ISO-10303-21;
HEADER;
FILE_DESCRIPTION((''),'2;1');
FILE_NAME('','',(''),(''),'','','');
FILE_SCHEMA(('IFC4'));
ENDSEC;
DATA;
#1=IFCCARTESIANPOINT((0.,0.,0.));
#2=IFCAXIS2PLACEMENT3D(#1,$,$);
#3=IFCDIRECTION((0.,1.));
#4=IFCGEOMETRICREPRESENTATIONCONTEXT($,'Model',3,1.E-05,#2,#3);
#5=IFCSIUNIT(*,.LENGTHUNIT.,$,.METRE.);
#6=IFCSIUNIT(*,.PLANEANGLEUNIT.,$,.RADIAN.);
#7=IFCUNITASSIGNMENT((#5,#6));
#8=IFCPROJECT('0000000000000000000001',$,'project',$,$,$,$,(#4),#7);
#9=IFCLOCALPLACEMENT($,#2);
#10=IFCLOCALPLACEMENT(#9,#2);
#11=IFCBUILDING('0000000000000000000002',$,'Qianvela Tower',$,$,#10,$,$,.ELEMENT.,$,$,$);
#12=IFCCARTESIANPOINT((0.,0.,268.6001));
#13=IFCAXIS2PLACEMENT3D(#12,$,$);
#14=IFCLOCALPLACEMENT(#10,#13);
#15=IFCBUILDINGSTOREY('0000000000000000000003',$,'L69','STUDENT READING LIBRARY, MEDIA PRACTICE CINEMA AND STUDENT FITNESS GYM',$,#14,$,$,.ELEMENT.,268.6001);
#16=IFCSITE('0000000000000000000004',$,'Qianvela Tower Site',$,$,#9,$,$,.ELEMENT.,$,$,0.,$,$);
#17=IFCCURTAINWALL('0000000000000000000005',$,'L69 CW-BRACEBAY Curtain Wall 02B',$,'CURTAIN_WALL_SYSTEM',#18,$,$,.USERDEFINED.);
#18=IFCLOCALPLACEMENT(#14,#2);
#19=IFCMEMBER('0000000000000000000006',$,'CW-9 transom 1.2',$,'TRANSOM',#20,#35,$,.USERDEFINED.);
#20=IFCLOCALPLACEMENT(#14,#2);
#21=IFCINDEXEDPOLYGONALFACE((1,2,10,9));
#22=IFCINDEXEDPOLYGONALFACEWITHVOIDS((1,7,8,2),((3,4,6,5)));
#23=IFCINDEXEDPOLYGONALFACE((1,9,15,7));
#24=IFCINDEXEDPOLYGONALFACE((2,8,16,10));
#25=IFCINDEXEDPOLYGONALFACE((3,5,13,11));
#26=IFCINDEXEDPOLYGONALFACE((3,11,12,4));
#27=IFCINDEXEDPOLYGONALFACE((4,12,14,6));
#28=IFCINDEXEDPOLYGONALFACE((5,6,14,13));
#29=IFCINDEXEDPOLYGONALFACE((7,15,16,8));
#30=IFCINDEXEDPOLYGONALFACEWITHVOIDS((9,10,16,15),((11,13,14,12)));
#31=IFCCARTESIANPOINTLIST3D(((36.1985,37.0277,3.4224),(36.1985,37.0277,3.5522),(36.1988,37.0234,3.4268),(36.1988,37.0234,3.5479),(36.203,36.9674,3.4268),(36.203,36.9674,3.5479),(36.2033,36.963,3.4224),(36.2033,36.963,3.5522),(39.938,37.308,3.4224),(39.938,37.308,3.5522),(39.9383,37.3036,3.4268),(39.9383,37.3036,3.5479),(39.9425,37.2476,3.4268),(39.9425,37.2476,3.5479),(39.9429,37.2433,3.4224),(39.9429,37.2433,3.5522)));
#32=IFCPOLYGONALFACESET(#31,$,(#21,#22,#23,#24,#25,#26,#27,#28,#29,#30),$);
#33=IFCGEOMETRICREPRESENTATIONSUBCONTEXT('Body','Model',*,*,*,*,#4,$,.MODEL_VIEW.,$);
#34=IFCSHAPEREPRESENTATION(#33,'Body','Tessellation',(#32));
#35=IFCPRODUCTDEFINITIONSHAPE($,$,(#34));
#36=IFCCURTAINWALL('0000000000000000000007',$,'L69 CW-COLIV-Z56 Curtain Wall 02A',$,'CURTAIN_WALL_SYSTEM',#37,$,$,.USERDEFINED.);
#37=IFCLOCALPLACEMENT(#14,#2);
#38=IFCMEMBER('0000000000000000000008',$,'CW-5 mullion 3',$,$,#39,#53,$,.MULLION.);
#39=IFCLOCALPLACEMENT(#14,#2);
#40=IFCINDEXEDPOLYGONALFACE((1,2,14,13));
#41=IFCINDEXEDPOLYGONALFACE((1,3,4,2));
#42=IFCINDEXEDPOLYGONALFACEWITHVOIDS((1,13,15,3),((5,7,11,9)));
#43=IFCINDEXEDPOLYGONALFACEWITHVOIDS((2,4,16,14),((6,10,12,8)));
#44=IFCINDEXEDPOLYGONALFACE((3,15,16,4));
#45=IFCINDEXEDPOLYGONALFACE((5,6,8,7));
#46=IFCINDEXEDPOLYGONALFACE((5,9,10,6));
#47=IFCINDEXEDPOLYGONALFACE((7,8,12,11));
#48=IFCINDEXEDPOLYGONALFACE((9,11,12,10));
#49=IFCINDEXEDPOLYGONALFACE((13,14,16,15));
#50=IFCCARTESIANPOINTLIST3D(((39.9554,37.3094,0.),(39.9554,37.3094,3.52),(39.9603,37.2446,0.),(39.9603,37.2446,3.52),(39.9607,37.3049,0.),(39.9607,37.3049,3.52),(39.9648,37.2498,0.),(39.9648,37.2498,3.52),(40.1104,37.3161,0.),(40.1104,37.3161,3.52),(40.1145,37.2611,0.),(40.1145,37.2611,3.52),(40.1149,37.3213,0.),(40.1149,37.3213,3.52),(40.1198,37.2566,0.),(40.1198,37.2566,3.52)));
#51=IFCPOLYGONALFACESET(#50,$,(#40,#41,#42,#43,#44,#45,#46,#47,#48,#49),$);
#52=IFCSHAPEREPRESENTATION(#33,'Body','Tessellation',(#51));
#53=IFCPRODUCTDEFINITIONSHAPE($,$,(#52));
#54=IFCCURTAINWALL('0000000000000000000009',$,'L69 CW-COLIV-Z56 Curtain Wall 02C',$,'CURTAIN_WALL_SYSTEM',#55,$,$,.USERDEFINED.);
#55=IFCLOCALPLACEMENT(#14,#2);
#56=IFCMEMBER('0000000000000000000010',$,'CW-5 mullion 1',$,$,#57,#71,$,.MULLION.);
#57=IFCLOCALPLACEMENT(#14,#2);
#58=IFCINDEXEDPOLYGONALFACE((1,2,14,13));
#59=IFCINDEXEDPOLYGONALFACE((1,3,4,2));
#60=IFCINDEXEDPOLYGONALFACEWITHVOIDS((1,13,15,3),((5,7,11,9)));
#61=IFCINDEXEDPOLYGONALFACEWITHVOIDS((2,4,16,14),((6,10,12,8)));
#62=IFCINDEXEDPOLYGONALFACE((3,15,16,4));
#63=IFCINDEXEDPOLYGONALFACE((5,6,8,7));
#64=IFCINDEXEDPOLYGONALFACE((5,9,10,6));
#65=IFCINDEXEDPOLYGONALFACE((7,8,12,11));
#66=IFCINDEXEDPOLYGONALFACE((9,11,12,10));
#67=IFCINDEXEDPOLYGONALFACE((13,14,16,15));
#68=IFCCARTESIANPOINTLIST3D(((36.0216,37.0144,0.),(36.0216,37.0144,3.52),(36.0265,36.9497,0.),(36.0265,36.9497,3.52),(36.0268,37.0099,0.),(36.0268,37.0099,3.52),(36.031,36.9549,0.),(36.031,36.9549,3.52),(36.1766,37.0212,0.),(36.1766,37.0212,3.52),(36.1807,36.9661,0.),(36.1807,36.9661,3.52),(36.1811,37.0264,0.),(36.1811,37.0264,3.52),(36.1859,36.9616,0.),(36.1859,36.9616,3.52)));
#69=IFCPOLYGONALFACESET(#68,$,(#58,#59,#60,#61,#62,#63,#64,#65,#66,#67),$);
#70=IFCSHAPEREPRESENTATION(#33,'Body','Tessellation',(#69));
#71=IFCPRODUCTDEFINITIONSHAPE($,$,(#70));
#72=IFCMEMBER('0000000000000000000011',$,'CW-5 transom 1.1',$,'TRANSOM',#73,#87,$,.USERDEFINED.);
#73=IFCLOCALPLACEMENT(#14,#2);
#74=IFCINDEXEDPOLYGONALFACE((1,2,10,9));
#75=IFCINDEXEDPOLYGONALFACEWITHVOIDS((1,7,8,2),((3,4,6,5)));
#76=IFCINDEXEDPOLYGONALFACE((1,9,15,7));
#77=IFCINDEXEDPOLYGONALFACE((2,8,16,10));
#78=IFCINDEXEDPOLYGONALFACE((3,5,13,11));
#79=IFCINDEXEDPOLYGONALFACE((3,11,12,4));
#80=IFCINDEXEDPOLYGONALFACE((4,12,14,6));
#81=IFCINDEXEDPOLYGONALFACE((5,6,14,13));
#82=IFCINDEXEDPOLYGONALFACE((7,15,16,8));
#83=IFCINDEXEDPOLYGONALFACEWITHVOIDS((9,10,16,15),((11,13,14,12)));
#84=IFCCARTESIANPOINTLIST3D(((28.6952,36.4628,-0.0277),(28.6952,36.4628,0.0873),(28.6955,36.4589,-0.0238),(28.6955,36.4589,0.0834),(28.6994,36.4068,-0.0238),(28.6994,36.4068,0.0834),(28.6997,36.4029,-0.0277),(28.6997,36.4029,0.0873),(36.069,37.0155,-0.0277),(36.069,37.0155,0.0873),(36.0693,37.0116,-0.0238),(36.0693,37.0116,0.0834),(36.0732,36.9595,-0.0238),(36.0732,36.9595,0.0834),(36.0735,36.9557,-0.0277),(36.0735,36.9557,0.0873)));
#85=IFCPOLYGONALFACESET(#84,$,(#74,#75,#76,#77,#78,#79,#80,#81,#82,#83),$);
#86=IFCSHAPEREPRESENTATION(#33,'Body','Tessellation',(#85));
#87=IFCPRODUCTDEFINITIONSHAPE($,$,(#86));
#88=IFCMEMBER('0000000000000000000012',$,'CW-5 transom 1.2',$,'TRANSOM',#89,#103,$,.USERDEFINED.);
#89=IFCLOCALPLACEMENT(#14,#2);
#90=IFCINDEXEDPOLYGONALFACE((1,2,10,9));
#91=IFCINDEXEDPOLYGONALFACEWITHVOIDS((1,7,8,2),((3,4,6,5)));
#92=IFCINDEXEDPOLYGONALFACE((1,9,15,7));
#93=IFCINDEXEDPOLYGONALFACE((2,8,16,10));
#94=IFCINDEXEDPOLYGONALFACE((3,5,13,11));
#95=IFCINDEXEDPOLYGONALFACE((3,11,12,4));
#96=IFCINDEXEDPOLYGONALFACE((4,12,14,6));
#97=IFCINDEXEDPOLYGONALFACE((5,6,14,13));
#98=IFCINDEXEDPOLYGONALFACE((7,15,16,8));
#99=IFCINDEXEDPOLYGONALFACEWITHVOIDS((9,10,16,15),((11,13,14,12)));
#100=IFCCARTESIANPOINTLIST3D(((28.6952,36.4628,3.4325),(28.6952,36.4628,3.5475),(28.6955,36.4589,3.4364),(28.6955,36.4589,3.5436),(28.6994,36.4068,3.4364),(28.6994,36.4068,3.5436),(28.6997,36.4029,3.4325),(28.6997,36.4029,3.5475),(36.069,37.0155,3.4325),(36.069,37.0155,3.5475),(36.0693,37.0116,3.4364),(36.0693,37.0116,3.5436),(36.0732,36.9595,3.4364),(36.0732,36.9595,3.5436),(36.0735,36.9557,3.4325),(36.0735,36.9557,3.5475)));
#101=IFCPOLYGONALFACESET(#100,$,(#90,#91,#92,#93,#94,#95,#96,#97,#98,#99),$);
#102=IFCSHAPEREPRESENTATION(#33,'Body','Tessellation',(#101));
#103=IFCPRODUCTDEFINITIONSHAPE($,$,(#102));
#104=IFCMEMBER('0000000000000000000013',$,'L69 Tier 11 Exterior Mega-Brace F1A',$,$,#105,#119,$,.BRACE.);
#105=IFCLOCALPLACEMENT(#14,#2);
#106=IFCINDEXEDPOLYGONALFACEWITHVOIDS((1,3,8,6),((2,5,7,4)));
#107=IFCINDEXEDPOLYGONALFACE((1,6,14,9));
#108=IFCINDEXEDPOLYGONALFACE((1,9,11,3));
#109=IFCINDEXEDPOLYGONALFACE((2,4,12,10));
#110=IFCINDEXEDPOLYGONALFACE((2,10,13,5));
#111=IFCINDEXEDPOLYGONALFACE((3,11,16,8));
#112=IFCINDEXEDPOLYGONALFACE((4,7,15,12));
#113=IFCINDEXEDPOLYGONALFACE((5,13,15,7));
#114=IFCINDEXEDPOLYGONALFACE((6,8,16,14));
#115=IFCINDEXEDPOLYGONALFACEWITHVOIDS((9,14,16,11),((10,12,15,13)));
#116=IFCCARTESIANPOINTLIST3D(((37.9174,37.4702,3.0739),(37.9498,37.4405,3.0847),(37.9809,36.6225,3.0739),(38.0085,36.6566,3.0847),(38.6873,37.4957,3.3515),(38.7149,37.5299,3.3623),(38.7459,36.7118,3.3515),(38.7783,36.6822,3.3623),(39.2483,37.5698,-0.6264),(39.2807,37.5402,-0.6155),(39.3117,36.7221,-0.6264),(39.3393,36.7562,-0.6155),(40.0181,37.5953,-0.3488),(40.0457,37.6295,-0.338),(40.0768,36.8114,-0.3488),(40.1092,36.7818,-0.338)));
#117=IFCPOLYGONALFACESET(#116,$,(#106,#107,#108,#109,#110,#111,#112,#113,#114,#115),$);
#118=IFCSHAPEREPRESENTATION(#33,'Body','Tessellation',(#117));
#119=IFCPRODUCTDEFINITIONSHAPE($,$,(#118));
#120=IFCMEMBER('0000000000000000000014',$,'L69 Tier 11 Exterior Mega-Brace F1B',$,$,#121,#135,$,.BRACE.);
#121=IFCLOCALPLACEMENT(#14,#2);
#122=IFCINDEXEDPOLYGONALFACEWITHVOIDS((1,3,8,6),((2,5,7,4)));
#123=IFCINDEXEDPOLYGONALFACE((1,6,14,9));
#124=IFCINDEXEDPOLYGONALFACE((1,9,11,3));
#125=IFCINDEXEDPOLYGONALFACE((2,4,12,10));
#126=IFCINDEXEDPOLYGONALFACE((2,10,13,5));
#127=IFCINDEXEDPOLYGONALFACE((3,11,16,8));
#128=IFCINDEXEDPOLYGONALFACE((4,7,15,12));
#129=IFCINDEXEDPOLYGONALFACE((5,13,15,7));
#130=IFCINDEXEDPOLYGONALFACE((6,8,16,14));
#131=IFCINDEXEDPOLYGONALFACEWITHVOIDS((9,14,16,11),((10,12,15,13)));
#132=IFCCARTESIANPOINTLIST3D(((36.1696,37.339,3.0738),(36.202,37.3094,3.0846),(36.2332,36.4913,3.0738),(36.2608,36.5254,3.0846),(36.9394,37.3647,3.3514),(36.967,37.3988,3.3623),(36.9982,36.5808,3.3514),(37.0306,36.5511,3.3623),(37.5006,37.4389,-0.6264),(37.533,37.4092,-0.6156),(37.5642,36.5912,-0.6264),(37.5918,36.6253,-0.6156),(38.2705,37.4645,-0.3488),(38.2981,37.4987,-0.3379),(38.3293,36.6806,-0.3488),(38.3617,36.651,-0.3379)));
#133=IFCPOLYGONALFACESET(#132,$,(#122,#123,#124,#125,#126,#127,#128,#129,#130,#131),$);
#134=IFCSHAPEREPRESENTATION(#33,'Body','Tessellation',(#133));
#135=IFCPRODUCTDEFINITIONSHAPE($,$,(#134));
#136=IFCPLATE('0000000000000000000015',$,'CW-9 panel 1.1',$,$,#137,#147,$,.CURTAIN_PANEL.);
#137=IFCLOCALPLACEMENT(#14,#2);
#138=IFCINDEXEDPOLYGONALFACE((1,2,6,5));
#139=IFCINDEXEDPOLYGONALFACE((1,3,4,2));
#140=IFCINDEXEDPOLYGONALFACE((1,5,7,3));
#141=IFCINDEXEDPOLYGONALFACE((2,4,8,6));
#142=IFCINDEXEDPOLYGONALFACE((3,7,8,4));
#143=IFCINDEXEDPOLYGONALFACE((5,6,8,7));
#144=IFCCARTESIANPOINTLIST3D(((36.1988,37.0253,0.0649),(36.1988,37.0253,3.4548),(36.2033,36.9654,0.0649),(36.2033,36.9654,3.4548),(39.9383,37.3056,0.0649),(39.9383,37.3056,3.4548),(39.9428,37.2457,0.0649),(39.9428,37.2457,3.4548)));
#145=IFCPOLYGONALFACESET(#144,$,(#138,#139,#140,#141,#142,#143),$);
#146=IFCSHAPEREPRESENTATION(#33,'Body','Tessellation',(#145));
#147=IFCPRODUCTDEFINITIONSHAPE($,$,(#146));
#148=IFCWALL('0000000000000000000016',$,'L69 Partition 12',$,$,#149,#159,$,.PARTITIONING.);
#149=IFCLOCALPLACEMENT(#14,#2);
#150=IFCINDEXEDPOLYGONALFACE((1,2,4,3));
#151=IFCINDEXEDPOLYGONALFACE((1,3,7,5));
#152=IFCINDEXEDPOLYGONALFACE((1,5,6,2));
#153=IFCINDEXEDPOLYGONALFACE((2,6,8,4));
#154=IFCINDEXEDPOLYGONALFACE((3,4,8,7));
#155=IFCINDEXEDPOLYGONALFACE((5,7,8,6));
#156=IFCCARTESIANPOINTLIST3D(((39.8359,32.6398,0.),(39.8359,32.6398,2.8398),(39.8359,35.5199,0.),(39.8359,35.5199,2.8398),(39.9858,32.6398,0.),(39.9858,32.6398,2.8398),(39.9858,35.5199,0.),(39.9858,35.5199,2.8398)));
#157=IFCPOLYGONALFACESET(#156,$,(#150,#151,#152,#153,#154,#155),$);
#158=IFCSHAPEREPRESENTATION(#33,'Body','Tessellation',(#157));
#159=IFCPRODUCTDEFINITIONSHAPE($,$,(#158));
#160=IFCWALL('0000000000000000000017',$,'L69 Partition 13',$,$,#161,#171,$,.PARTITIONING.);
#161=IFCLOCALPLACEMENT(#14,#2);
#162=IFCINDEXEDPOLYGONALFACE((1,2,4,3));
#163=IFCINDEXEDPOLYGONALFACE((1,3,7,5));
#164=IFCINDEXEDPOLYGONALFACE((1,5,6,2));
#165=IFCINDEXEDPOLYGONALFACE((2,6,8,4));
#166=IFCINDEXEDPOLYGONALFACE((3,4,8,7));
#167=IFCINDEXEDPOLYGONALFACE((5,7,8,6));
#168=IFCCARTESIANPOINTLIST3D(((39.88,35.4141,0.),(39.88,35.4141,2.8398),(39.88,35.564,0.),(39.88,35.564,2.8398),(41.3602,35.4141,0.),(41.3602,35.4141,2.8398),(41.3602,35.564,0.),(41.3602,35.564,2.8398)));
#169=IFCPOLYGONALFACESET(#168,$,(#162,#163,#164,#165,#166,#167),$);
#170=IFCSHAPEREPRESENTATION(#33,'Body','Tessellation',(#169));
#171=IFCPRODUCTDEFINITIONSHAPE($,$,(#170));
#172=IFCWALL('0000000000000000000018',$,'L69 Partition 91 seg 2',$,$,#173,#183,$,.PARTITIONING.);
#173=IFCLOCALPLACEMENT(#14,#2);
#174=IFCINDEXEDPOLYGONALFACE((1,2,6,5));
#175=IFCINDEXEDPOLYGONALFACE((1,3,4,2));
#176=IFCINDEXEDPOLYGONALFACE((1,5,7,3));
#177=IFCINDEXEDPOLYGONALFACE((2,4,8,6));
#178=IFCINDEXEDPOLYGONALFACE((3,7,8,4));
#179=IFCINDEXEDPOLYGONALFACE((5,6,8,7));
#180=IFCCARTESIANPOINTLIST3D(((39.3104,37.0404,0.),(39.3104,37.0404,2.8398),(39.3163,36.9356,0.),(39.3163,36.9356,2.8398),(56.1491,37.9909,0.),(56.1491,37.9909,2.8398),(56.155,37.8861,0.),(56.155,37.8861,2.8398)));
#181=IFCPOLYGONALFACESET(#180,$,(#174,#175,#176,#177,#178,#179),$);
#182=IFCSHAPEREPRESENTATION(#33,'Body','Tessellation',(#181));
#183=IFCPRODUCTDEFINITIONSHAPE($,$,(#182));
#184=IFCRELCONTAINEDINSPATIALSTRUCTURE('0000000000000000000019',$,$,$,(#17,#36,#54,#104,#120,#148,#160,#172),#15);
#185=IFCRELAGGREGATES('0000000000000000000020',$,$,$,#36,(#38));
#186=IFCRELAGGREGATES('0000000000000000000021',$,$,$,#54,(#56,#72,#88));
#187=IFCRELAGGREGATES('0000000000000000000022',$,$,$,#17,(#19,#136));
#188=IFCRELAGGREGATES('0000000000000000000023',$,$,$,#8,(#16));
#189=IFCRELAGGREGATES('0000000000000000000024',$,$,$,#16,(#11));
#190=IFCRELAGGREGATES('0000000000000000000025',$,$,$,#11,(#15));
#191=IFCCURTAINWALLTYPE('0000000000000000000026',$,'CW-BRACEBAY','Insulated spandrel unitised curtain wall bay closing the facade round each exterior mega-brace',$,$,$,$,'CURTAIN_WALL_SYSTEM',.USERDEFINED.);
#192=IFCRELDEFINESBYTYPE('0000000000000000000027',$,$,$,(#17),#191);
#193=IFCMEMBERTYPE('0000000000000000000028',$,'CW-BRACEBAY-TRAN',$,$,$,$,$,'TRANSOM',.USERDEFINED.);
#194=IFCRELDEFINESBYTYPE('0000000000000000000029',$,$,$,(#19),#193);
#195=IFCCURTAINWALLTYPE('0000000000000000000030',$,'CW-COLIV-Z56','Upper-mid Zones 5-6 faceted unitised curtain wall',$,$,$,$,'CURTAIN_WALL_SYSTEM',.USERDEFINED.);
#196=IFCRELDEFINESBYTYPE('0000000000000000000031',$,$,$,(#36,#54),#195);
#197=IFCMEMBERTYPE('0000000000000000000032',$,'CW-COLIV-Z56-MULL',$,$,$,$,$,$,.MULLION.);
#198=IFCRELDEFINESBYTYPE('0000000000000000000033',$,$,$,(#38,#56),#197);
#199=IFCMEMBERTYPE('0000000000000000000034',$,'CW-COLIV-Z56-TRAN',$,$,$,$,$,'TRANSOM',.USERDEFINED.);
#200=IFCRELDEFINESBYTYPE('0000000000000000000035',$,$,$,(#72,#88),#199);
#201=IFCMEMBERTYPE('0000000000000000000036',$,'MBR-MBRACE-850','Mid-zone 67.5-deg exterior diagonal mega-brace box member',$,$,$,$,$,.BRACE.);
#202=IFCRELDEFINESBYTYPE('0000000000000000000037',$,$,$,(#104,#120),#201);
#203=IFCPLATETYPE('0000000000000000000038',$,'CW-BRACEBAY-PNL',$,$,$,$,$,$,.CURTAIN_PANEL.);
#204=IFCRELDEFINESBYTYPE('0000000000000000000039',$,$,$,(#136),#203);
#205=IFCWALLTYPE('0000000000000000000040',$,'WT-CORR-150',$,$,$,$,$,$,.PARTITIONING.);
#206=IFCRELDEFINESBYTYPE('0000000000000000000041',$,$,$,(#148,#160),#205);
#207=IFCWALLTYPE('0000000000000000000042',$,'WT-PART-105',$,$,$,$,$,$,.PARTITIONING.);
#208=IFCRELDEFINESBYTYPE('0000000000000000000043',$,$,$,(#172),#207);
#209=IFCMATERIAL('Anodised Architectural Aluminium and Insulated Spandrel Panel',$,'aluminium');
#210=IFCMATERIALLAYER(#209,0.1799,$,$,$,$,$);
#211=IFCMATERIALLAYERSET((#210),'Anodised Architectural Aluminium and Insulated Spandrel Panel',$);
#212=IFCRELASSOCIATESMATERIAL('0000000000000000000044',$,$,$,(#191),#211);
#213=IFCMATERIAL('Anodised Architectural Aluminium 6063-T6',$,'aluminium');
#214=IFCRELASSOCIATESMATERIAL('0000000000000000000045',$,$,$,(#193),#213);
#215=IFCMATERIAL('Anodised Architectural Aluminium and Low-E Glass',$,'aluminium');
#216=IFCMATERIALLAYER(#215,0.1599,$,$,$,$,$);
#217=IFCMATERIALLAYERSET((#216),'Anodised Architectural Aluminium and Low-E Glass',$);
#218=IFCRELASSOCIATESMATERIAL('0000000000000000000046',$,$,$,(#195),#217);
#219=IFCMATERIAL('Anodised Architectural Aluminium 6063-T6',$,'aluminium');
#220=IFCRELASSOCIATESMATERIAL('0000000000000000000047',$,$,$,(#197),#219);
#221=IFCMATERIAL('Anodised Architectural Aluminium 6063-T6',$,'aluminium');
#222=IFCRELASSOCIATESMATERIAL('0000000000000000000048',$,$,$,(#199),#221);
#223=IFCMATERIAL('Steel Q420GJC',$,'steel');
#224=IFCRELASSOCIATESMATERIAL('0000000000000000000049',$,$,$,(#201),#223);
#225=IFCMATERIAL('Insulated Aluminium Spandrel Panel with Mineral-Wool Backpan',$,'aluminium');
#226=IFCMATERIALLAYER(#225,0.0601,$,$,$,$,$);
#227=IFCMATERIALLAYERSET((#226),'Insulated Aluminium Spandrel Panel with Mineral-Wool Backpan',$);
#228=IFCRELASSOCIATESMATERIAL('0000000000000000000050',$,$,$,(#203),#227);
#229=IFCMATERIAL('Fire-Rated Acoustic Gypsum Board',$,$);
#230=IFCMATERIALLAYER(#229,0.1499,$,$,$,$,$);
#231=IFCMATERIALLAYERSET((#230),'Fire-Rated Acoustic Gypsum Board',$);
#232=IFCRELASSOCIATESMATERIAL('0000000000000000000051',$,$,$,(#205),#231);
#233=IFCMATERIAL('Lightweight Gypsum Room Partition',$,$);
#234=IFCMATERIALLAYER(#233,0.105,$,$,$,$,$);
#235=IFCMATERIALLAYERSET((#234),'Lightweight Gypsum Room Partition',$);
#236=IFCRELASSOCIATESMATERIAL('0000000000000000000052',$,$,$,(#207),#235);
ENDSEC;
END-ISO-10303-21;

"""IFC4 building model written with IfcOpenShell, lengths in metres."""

from ifc_helpers import new_model, si_unit, direction, frame, frame_2d, origin, origin_2d, place, context, subcontext, project, spatial, rectangle, hollow_rectangle, extrude, material, layer, layer_set, material_profile, profile_set, type_object, element, aggregate, save


model = new_model("IFC4")

# Units and contexts
model_context = context("Model", 3, precision=1e-05, world=origin(), true_north=direction((0.0, 1.0)))
body_context = subcontext(model_context, "Body", "Model", "MODEL_VIEW")
ifc_project = project(units=[si_unit("LENGTHUNIT", "METRE"), si_unit("PLANEANGLEUNIT", "RADIAN")], contexts=[model_context])

# Site, building, storey
site_placement = place(None, origin())
site = spatial("IfcSite", under=ifc_project, at=site_placement, Name="Qianvela Tower Site", CompositionType="ELEMENT", RefElevation=0.0)
building_placement = place(site_placement, origin())
building = spatial("IfcBuilding", under=site, at=building_placement, Name="Qianvela Tower", CompositionType="ELEMENT")
storey_placement = place(building_placement, frame((0.0, 0.0, 268.6001)))
storey = spatial("IfcBuildingStorey", under=building, at=storey_placement, Name="L69", Description="STUDENT READING LIBRARY, MEDIA PRACTICE CINEMA AND STUDENT FITNESS GYM", CompositionType="ELEMENT", Elevation=268.6001)

# Curtain wall, member
ifc_material_1 = material(Name="Anodised Architectural Aluminium and Insulated Spandrel Panel", Category="aluminium")
ifc_layer_1 = layer(ifc_material_1, 0.1799)
ifc_layer_set_1 = layer_set([ifc_layer_1], Name="Anodised Architectural Aluminium and Insulated Spandrel Panel")
curtain_wall_type_1 = type_object("IfcCurtainWallType", Name="CW-BRACEBAY", Description="Insulated spandrel unitised curtain wall bay closing the facade round each exterior mega-brace", ElementType="CURTAIN_WALL_SYSTEM", PredefinedType="USERDEFINED", material=ifc_layer_set_1)
curtain_wall_1_placement = place(storey_placement, origin())
curtain_wall_1 = element("IfcCurtainWall", 1, at=curtain_wall_1_placement, inside=storey, type_object=curtain_wall_type_1, Name="L69 CW-BRACEBAY Curtain Wall 02B", ObjectType="CURTAIN_WALL_SYSTEM", PredefinedType="USERDEFINED")
ifc_material_2 = material(Name="Anodised Architectural Aluminium 6063-T6", Category="aluminium")
ifc_material_profile_1 = material_profile(ifc_material_2, hollow_rectangle(XDim=0.0649, YDim=0.1299, WallThickness=0.0044, at=origin_2d()), Name="ALU-TRAN-65x130")
ifc_profile_set_1 = profile_set([ifc_material_profile_1], Name="Anodised Architectural Aluminium 6063-T6")
member_type_1 = type_object("IfcMemberType", Name="CW-BRACEBAY-TRAN", ElementType="TRANSOM", PredefinedType="USERDEFINED", material=ifc_profile_set_1)
member_1_placement = place(storey_placement, frame((39.9404, 37.2756, 3.4873), z_axis=(-0.997203, -0.07474, 0.0), x_axis=(0.07474, -0.997203, 0.0)))
member_1 = element("IfcMember", 2, at=member_1_placement, type_object=member_type_1, Name="CW-9 transom 1.2", ObjectType="TRANSOM", PredefinedType="USERDEFINED", context=body_context, shape_type="SweptSolid", body=[
    extrude(hollow_rectangle(XDim=0.0649, YDim=0.1299, WallThickness=0.0044, at=origin_2d()), origin(), (0.0, 0.0, 1.0), 3.75),
])

# Curtain wall, member
ifc_material_3 = material(Name="Anodised Architectural Aluminium and Low-E Glass", Category="aluminium")
ifc_layer_2 = layer(ifc_material_3, 0.1599)
ifc_layer_set_2 = layer_set([ifc_layer_2], Name="Anodised Architectural Aluminium and Low-E Glass")
curtain_wall_type_2 = type_object("IfcCurtainWallType", Name="CW-COLIV-Z56", Description="Upper-mid Zones 5-6 faceted unitised curtain wall", ElementType="CURTAIN_WALL_SYSTEM", PredefinedType="USERDEFINED", material=ifc_layer_set_2)
curtain_wall_2_placement = place(storey_placement, origin())
curtain_wall_2 = element("IfcCurtainWall", 3, at=curtain_wall_2_placement, inside=storey, type_object=curtain_wall_type_2, Name="L69 CW-COLIV-Z56 Curtain Wall 02A", ObjectType="CURTAIN_WALL_SYSTEM", PredefinedType="USERDEFINED")
ifc_material_4 = material(Name="Anodised Architectural Aluminium 6063-T6", Category="aluminium")
ifc_material_profile_2 = material_profile(ifc_material_4, hollow_rectangle(XDim=0.0649, YDim=0.1599, WallThickness=0.0049, at=origin_2d()), Name="ALU-MULL-65x160")
ifc_profile_set_2 = profile_set([ifc_material_profile_2], Name="Anodised Architectural Aluminium 6063-T6")
member_type_2 = type_object("IfcMemberType", Name="CW-COLIV-Z56-MULL", PredefinedType="MULLION", material=ifc_profile_set_2)
member_2_placement = place(storey_placement, frame((40.0376, 37.283, 0.0), z_axis=(0.0, 0.0, 1.0), x_axis=(0.074755, -0.997202, 0.0)))
member_2 = element("IfcMember", 4, at=member_2_placement, type_object=member_type_2, Name="CW-5 mullion 3", PredefinedType="MULLION", context=body_context, shape_type="SweptSolid", body=[
    extrude(hollow_rectangle(XDim=0.0649, YDim=0.1599, WallThickness=0.0049, at=origin_2d()), origin(), (0.0, 0.0, 1.0), 3.52),
])
aggregate(curtain_wall_2, [member_2])

# Curtain wall, members
curtain_wall_3_placement = place(storey_placement, origin())
curtain_wall_3 = element("IfcCurtainWall", 5, at=curtain_wall_3_placement, inside=storey, type_object=curtain_wall_type_2, Name="L69 CW-COLIV-Z56 Curtain Wall 02C", ObjectType="CURTAIN_WALL_SYSTEM", PredefinedType="USERDEFINED")
member_3_placement = place(storey_placement, frame((36.1038, 36.988, 0.0), z_axis=(0.0, 0.0, 1.0), x_axis=(0.074753, -0.997202, 0.0)))
member_3 = element("IfcMember", 6, at=member_3_placement, type_object=member_type_2, Name="CW-5 mullion 1", PredefinedType="MULLION", context=body_context, shape_type="SweptSolid", body=[
    extrude(hollow_rectangle(XDim=0.0649, YDim=0.1599, WallThickness=0.0049, at=origin_2d()), origin(), (0.0, 0.0, 1.0), 3.52),
])
ifc_material_5 = material(Name="Anodised Architectural Aluminium 6063-T6", Category="aluminium")
ifc_material_profile_3 = material_profile(ifc_material_5, hollow_rectangle(XDim=0.0601, YDim=0.115, WallThickness=0.0039, at=origin_2d()), Name="ALU-TRAN-60x115")
ifc_profile_set_3 = profile_set([ifc_material_profile_3], Name="Anodised Architectural Aluminium 6063-T6")
member_type_3 = type_object("IfcMemberType", Name="CW-COLIV-Z56-TRAN", ElementType="TRANSOM", PredefinedType="USERDEFINED", material=ifc_profile_set_3)
member_4_placement = place(storey_placement, frame((36.0713, 36.9856, 0.0298), z_axis=(-0.997202, -0.07475, 0.0), x_axis=(0.07475, -0.997202, 0.0)))
member_4 = element("IfcMember", 7, at=member_4_placement, type_object=member_type_3, Name="CW-5 transom 1.1", ObjectType="TRANSOM", PredefinedType="USERDEFINED", context=body_context, shape_type="SweptSolid", body=[
    extrude(hollow_rectangle(XDim=0.0601, YDim=0.115, WallThickness=0.0039, at=origin_2d()), origin(), (0.0, 0.0, 1.0), 7.3945),
])
member_5_placement = place(storey_placement, frame((36.0713, 36.9856, 3.49), z_axis=(-0.997202, -0.07475, 0.0), x_axis=(0.07475, -0.997202, 0.0)))
member_5 = element("IfcMember", 8, at=member_5_placement, type_object=member_type_3, Name="CW-5 transom 1.2", ObjectType="TRANSOM", PredefinedType="USERDEFINED", context=body_context, shape_type="SweptSolid", body=[
    extrude(hollow_rectangle(XDim=0.0601, YDim=0.115, WallThickness=0.0039, at=origin_2d()), origin(), (0.0, 0.0, 1.0), 7.3945),
])
aggregate(curtain_wall_3, [member_3, member_4, member_5])

# Members
ifc_material_6 = material(Name="Steel Q420GJC", Category="steel")
ifc_material_profile_4 = material_profile(ifc_material_6, hollow_rectangle(XDim=0.8501, YDim=0.8501, WallThickness=0.032, at=origin_2d()), Name="MBOX-850x850x32")
ifc_profile_set_4 = profile_set([ifc_material_profile_4], Name="Steel Q420GJC")
member_type_4 = type_object("IfcMemberType", Name="MBR-MBRACE-850", Description="Mid-zone 67.5-deg exterior diagonal mega-brace box member", PredefinedType="BRACE", material=ifc_profile_set_4)
for number, where, z_axis, x_axis, name in (
    (9, (39.6787, 37.1758, -0.4822), (-0.338327, -0.025323, 0.940688), (0.07464, -0.997211, 0.0), "L69 Tier 11 Exterior Mega-Brace F1A"),
    (10, (37.9312, 37.0449, -0.4822), (-0.338382, -0.025385, 0.940666), (0.074808, -0.997198, 0.0), "L69 Tier 11 Exterior Mega-Brace F1B"),
):
    element("IfcMember", number, at=place(storey_placement, frame(where, z_axis=z_axis, x_axis=x_axis)), inside=storey, type_object=member_type_4, Name=name, PredefinedType="BRACE", context=body_context, shape_type="SweptSolid", body=[
        extrude(hollow_rectangle(XDim=0.8501, YDim=0.8501, WallThickness=0.032, at=origin_2d()), origin(), (0.0, 0.0, 1.0), 3.9336),
    ])

# Plate
ifc_material_7 = material(Name="Insulated Aluminium Spandrel Panel with Mineral-Wool Backpan", Category="aluminium")
ifc_layer_3 = layer(ifc_material_7, 0.0601)
ifc_layer_set_3 = layer_set([ifc_layer_3], Name="Insulated Aluminium Spandrel Panel with Mineral-Wool Backpan")
plate_type = type_object("IfcPlateType", Name="CW-BRACEBAY-PNL", PredefinedType="CURTAIN_PANEL", material=ifc_layer_set_3)
plate_placement = place(storey_placement, frame((38.0708, 37.1355, 0.0649), z_axis=(0.0, 0.0, 1.0), x_axis=(-0.997201, -0.074769, 0.0)))
plate = element("IfcPlate", 11, at=plate_placement, type_object=plate_type, Name="CW-9 panel 1.1", PredefinedType="CURTAIN_PANEL", context=body_context, shape_type="SweptSolid", body=[
    extrude(rectangle(XDim=3.75, YDim=0.0601, at=origin_2d()), origin(), (0.0, 0.0, 1.0), 3.3899),
])
aggregate(curtain_wall_1, [member_1, plate])

# Walls
ifc_material_8 = material(Name="Fire-Rated Acoustic Gypsum Board")
ifc_layer_4 = layer(ifc_material_8, 0.1499)
ifc_layer_set_4 = layer_set([ifc_layer_4], Name="Fire-Rated Acoustic Gypsum Board")
wall_type_1 = type_object("IfcWallType", Name="WT-CORR-150", PredefinedType="PARTITIONING", material=ifc_layer_set_4)
wall_1_placement = place(storey_placement, frame((39.9109, 32.6399, 0.0), z_axis=(0.0, 0.0, 1.0), x_axis=(0.0, 1.0, 0.0)))
element("IfcWall", 12, at=wall_1_placement, inside=storey, type_object=wall_type_1, Name="L69 Partition 12", PredefinedType="PARTITIONING", context=body_context, shape_type="SweptSolid", body=[
    extrude(rectangle(XDim=2.8801, YDim=0.1499, at=frame_2d((1.4399, 0.0))), origin(), (0.0, 0.0, 1.0), 2.8398),
])
wall_2_placement = place(storey_placement, frame((39.8799, 35.489, 0.0), z_axis=(0.0, 0.0, 1.0), x_axis=(1.0, 0.0, 0.0)))
element("IfcWall", 13, at=wall_2_placement, inside=storey, type_object=wall_type_1, Name="L69 Partition 13", PredefinedType="PARTITIONING", context=body_context, shape_type="SweptSolid", body=[
    extrude(rectangle(XDim=1.4802, YDim=0.1499, at=frame_2d((0.7402, 0.0))), origin(), (0.0, 0.0, 1.0), 2.8398),
])
ifc_material_9 = material(Name="Lightweight Gypsum Room Partition")
ifc_layer_5 = layer(ifc_material_9, 0.105)
ifc_layer_set_5 = layer_set([ifc_layer_5], Name="Lightweight Gypsum Room Partition")
wall_type_2 = type_object("IfcWallType", Name="WT-PART-105", PredefinedType="PARTITIONING", material=ifc_layer_set_5)
wall_3_placement = place(storey_placement, frame((39.3135, 36.988, 0.0), z_axis=(0.0, 0.0, 1.0), x_axis=(0.998411, 0.056354, 0.0)))
element("IfcWall", 14, at=wall_3_placement, inside=storey, type_object=wall_type_2, Name="L69 Partition 91 seg 2", PredefinedType="PARTITIONING", context=body_context, shape_type="SweptSolid", body=[
    extrude(rectangle(XDim=16.8655, YDim=0.105, at=frame_2d((8.4326, 0.0))), origin(), (0.0, 0.0, 1.0), 2.8398),
])

save(model, "model.ifc")
